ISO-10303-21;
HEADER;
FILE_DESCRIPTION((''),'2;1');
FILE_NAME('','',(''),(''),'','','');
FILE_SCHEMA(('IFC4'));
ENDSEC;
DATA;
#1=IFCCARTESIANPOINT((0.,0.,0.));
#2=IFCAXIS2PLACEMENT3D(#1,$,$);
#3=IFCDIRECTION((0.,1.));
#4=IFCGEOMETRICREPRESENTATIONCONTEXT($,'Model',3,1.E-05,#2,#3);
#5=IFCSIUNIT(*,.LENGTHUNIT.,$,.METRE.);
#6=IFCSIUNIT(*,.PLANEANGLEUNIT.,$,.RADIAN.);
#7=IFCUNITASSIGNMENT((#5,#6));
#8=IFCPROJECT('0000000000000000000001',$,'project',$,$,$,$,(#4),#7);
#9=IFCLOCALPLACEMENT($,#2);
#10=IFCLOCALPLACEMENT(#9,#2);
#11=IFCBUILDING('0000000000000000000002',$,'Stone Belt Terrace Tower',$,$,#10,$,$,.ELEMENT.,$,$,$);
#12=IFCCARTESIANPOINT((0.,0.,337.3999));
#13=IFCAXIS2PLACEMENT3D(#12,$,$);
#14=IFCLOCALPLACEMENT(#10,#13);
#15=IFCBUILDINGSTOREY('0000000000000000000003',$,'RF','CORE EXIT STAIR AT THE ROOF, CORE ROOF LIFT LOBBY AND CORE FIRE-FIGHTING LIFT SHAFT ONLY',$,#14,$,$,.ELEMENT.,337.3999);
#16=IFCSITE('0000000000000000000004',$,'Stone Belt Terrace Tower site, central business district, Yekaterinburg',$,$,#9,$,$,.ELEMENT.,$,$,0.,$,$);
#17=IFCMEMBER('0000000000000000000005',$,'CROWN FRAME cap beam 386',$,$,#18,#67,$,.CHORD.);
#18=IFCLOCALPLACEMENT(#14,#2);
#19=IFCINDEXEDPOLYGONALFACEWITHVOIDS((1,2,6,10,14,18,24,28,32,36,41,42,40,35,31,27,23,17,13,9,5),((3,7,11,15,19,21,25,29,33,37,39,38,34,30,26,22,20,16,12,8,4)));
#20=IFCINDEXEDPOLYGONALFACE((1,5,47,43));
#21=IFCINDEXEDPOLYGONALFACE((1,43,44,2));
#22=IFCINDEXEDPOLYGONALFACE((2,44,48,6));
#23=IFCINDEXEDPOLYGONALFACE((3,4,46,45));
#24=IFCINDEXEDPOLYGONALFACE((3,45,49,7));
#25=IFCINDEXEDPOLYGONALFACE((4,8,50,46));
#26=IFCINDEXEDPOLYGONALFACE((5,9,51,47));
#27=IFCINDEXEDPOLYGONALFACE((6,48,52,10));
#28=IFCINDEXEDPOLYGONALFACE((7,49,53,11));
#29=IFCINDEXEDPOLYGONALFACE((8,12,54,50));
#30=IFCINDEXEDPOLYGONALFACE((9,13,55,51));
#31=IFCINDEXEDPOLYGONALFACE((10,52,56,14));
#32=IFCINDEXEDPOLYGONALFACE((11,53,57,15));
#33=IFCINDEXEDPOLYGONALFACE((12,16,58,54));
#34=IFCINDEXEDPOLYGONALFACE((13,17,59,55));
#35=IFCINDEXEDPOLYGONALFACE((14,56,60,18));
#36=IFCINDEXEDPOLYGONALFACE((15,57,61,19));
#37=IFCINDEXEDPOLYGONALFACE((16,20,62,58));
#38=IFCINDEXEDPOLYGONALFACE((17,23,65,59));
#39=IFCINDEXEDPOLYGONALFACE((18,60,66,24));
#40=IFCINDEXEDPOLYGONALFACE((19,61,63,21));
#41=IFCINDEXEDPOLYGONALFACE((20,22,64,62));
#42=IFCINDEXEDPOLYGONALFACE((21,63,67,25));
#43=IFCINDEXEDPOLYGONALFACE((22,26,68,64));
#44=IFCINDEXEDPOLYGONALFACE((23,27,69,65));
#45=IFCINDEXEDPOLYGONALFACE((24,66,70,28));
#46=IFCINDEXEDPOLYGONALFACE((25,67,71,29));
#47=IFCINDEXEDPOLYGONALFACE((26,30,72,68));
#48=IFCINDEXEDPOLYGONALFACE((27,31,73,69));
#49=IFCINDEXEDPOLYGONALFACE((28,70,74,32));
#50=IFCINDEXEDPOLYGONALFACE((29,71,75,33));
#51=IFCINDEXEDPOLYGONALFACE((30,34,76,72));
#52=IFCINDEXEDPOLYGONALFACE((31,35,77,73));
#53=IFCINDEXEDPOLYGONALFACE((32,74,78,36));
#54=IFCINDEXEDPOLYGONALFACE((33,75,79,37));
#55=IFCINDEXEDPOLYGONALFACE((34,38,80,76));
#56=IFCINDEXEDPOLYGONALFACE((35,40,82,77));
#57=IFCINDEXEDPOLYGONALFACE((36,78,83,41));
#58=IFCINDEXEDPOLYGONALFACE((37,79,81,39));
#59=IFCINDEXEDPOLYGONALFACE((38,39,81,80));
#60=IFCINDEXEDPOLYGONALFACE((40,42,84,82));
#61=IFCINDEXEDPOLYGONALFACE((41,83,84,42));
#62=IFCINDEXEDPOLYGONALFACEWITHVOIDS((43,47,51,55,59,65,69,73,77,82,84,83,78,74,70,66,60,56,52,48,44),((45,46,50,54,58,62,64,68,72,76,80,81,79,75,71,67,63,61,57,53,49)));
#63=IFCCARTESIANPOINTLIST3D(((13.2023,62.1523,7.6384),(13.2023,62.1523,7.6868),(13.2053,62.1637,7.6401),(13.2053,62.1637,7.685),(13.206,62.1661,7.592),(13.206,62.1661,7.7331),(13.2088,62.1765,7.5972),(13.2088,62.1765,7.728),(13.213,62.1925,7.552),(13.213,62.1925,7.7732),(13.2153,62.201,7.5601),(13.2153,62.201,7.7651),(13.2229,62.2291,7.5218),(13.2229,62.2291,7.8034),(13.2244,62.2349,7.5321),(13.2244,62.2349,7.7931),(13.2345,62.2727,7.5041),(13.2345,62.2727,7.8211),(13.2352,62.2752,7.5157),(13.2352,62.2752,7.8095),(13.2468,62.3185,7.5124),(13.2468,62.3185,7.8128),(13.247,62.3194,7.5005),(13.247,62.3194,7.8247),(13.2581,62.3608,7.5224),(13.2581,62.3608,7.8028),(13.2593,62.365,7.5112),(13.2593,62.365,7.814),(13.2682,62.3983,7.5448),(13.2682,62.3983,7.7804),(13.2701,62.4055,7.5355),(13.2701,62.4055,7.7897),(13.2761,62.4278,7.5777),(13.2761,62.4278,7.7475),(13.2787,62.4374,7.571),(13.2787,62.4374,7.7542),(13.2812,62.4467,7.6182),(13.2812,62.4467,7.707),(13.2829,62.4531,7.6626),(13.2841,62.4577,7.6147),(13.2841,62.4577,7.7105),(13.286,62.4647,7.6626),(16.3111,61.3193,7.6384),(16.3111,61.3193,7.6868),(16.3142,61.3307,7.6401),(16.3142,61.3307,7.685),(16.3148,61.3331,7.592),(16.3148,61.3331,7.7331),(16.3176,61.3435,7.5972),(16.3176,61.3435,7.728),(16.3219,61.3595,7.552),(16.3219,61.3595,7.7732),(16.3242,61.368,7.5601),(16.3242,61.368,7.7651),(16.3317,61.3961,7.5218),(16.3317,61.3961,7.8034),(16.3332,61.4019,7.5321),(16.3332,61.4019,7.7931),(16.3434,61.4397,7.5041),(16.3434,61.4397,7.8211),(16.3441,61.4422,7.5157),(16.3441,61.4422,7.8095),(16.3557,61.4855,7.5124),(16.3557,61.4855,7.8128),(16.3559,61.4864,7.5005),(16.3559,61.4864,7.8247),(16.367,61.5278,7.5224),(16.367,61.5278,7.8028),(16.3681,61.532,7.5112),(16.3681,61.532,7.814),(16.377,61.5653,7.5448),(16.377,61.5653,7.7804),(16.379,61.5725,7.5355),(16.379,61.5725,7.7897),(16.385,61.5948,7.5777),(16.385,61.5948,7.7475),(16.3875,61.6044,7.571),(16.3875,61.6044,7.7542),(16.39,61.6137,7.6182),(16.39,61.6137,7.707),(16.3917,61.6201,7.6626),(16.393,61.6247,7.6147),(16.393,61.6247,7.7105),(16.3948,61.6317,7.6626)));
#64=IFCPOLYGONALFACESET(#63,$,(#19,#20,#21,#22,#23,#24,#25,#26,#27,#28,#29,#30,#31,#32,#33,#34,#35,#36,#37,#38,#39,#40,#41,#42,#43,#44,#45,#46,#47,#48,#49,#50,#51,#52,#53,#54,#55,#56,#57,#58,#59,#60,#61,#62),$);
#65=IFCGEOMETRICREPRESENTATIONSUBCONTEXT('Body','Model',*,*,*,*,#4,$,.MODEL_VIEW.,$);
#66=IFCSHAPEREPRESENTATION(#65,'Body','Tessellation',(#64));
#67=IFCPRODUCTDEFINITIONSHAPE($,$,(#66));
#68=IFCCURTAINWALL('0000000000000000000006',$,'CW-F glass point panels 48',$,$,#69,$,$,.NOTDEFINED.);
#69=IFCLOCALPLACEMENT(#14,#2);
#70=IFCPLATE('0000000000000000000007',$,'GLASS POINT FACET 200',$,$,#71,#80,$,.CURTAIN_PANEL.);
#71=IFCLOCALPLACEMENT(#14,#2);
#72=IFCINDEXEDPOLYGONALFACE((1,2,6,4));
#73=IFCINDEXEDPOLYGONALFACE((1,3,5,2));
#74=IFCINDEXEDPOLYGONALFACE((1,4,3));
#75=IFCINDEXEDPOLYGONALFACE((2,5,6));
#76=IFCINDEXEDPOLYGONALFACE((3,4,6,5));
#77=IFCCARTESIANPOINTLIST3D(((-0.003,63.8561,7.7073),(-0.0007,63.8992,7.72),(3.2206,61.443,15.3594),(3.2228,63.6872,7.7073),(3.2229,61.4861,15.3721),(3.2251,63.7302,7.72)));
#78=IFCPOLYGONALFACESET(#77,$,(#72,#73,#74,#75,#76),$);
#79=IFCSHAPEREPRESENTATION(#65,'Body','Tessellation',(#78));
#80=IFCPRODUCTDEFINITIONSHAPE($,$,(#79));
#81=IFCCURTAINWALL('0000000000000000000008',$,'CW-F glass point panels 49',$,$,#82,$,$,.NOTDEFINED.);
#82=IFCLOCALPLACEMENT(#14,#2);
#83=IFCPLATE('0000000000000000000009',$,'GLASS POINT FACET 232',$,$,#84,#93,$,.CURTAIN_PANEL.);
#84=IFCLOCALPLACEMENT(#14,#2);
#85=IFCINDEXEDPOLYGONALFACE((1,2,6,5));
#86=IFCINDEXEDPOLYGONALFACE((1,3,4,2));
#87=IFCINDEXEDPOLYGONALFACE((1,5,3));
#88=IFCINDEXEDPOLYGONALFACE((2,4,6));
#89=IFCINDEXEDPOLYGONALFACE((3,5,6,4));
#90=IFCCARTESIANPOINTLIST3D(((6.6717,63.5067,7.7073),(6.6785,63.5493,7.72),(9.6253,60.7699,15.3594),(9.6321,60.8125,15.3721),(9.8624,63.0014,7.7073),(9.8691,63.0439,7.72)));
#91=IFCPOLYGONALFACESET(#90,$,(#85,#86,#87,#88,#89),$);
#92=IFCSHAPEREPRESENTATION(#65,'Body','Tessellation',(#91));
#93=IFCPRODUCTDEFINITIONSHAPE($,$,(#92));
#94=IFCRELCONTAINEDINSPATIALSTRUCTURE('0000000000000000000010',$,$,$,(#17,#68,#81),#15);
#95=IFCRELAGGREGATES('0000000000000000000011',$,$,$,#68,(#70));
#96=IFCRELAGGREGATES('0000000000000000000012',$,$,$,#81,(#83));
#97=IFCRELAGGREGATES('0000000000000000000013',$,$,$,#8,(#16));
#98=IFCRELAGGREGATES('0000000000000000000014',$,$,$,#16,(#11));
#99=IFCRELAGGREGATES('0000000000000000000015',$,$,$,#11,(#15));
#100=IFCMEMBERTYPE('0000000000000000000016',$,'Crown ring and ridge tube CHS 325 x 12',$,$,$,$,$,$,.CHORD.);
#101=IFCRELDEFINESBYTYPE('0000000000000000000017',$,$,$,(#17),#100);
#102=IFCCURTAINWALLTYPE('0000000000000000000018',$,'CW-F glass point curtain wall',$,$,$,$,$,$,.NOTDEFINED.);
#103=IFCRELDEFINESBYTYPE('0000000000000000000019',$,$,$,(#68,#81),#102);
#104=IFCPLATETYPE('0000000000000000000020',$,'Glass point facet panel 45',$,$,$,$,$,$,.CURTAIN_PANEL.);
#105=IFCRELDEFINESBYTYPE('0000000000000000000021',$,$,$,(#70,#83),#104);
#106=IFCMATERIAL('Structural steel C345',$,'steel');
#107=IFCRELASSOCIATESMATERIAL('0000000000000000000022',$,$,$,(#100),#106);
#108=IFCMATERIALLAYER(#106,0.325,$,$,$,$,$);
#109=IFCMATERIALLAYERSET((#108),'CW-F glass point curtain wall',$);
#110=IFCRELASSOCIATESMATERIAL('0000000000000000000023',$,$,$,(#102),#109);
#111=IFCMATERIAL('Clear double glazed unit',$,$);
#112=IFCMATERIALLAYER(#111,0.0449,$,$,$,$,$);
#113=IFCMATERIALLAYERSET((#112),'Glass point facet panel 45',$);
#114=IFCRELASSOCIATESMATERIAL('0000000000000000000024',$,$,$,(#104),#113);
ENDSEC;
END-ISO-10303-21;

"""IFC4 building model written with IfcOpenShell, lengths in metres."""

from ifc_helpers import new_model, si_unit, direction, frame, origin, origin_2d, place, context, subcontext, project, spatial, polyline, hollow_circle, outline, extrude, material, layer, layer_set, material_profile, profile_set, type_object, element, aggregate, save


model = new_model("IFC4")

# Units and contexts
model_context = context("Model", 3, precision=1e-05, world=origin(), true_north=direction((0.0, 1.0)))
body_context = subcontext(model_context, "Body", "Model", "MODEL_VIEW")
ifc_project = project(units=[si_unit("LENGTHUNIT", "METRE"), si_unit("PLANEANGLEUNIT", "RADIAN")], contexts=[model_context])

# Site, building, storey
site_placement = place(None, origin())
site = spatial("IfcSite", under=ifc_project, at=site_placement, Name="Stone Belt Terrace Tower site, central business district, Yekaterinburg", CompositionType="ELEMENT", RefElevation=0.0)
building_placement = place(site_placement, origin())
building = spatial("IfcBuilding", under=site, at=building_placement, Name="Stone Belt Terrace Tower", CompositionType="ELEMENT")
storey_placement = place(building_placement, frame((0.0, 0.0, 337.3999)))
storey = spatial("IfcBuildingStorey", under=building, at=storey_placement, Name="RF", Description="CORE EXIT STAIR AT THE ROOF, CORE ROOF LIFT LOBBY AND CORE FIRE-FIGHTING LIFT SHAFT ONLY", CompositionType="ELEMENT", Elevation=337.3999)

# Member
ifc_material_1 = material(Name="Structural steel C345", Category="steel")
ifc_material_profile_1 = material_profile(ifc_material_1, hollow_circle(Radius=0.1626, WallThickness=0.012, at=origin_2d()), Name="Structural steel C345 CHS 325x12")
ifc_profile_set_1 = profile_set([ifc_material_profile_1], Name="Structural steel C345")
member_type_1 = type_object("IfcMemberType", Name="Crown ring and ridge tube CHS 325 x 12", PredefinedType="CHORD", material=ifc_profile_set_1)
member_1_placement = place(storey_placement, frame((13.2439, 62.3076, 7.6626), z_axis=(0.965927, -0.258814, 0.0), x_axis=(0.258814, 0.965927, 0.0)))
element("IfcMember", 1, at=member_1_placement, inside=storey, type_object=member_type_1, Name="CROWN FRAME cap beam 386", PredefinedType="CHORD", context=body_context, shape_type="SweptSolid", body=[
    extrude(hollow_circle(Radius=0.1626, WallThickness=0.012, at=origin_2d()), origin(), (0.0, 0.0, 1.0), 3.2185),
])

# Curtain walls, plates
ifc_layer_1 = layer(ifc_material_1, 0.325)
ifc_layer_set_1 = layer_set([ifc_layer_1], Name="CW-F glass point curtain wall")
curtain_wall_type = type_object("IfcCurtainWallType", Name="CW-F glass point curtain wall", PredefinedType="NOTDEFINED", material=ifc_layer_set_1)
curtain_wall_1_placement = place(storey_placement, origin())
curtain_wall_1 = element("IfcCurtainWall", 2, at=curtain_wall_1_placement, inside=storey, type_object=curtain_wall_type, Name="CW-F glass point panels 48", PredefinedType="NOTDEFINED")
ifc_material_2 = material(Name="Clear double glazed unit")
ifc_layer_2 = layer(ifc_material_2, 0.0449)
ifc_layer_set_2 = layer_set([ifc_layer_2], Name="Glass point facet panel 45")
plate_type = type_object("IfcPlateType", Name="Glass point facet panel 45", PredefinedType="CURTAIN_PANEL", material=ifc_layer_set_2)
plate_1_placement = place(storey_placement, frame((3.2251, 63.7302, 7.72), z_axis=(0.050192, 0.958372, 0.281077), x_axis=(-0.000276, -0.281419, 0.959585)))
plate_1 = element("IfcPlate", 3, at=plate_1_placement, type_object=plate_type, Name="GLASS POINT FACET 200", PredefinedType="CURTAIN_PANEL", context=body_context, shape_type="SweptSolid", body=[
    extrude(outline(polyline([(0.0, 0.0), (7.9744, 0.0), (-0.0467, -3.2299), (0.0, 0.0)])), origin(), (0.0, 0.0, -1.0), 0.0449),
])
aggregate(curtain_wall_1, [plate_1])
curtain_wall_2_placement = place(storey_placement, origin())
curtain_wall_2 = element("IfcCurtainWall", 4, at=curtain_wall_2_placement, inside=storey, type_object=curtain_wall_type, Name="CW-F glass point panels 49", PredefinedType="NOTDEFINED")
plate_2_placement = place(storey_placement, frame((9.8691, 63.0439, 7.72), z_axis=(0.150134, 0.947873, 0.281062), x_axis=(-0.029728, -0.279828, 0.95959)))
plate_2 = element("IfcPlate", 5, at=plate_2_placement, type_object=plate_type, Name="GLASS POINT FACET 232", PredefinedType="CURTAIN_PANEL", context=body_context, shape_type="SweptSolid", body=[
    extrude(outline(polyline([(0.0, 0.0), (7.9743, 0.0), (-0.0466, -3.2301), (0.0, 0.0)])), origin(), (0.0, 0.0, -1.0), 0.0449),
])
aggregate(curtain_wall_2, [plate_2])

save(model, "model.ifc")
